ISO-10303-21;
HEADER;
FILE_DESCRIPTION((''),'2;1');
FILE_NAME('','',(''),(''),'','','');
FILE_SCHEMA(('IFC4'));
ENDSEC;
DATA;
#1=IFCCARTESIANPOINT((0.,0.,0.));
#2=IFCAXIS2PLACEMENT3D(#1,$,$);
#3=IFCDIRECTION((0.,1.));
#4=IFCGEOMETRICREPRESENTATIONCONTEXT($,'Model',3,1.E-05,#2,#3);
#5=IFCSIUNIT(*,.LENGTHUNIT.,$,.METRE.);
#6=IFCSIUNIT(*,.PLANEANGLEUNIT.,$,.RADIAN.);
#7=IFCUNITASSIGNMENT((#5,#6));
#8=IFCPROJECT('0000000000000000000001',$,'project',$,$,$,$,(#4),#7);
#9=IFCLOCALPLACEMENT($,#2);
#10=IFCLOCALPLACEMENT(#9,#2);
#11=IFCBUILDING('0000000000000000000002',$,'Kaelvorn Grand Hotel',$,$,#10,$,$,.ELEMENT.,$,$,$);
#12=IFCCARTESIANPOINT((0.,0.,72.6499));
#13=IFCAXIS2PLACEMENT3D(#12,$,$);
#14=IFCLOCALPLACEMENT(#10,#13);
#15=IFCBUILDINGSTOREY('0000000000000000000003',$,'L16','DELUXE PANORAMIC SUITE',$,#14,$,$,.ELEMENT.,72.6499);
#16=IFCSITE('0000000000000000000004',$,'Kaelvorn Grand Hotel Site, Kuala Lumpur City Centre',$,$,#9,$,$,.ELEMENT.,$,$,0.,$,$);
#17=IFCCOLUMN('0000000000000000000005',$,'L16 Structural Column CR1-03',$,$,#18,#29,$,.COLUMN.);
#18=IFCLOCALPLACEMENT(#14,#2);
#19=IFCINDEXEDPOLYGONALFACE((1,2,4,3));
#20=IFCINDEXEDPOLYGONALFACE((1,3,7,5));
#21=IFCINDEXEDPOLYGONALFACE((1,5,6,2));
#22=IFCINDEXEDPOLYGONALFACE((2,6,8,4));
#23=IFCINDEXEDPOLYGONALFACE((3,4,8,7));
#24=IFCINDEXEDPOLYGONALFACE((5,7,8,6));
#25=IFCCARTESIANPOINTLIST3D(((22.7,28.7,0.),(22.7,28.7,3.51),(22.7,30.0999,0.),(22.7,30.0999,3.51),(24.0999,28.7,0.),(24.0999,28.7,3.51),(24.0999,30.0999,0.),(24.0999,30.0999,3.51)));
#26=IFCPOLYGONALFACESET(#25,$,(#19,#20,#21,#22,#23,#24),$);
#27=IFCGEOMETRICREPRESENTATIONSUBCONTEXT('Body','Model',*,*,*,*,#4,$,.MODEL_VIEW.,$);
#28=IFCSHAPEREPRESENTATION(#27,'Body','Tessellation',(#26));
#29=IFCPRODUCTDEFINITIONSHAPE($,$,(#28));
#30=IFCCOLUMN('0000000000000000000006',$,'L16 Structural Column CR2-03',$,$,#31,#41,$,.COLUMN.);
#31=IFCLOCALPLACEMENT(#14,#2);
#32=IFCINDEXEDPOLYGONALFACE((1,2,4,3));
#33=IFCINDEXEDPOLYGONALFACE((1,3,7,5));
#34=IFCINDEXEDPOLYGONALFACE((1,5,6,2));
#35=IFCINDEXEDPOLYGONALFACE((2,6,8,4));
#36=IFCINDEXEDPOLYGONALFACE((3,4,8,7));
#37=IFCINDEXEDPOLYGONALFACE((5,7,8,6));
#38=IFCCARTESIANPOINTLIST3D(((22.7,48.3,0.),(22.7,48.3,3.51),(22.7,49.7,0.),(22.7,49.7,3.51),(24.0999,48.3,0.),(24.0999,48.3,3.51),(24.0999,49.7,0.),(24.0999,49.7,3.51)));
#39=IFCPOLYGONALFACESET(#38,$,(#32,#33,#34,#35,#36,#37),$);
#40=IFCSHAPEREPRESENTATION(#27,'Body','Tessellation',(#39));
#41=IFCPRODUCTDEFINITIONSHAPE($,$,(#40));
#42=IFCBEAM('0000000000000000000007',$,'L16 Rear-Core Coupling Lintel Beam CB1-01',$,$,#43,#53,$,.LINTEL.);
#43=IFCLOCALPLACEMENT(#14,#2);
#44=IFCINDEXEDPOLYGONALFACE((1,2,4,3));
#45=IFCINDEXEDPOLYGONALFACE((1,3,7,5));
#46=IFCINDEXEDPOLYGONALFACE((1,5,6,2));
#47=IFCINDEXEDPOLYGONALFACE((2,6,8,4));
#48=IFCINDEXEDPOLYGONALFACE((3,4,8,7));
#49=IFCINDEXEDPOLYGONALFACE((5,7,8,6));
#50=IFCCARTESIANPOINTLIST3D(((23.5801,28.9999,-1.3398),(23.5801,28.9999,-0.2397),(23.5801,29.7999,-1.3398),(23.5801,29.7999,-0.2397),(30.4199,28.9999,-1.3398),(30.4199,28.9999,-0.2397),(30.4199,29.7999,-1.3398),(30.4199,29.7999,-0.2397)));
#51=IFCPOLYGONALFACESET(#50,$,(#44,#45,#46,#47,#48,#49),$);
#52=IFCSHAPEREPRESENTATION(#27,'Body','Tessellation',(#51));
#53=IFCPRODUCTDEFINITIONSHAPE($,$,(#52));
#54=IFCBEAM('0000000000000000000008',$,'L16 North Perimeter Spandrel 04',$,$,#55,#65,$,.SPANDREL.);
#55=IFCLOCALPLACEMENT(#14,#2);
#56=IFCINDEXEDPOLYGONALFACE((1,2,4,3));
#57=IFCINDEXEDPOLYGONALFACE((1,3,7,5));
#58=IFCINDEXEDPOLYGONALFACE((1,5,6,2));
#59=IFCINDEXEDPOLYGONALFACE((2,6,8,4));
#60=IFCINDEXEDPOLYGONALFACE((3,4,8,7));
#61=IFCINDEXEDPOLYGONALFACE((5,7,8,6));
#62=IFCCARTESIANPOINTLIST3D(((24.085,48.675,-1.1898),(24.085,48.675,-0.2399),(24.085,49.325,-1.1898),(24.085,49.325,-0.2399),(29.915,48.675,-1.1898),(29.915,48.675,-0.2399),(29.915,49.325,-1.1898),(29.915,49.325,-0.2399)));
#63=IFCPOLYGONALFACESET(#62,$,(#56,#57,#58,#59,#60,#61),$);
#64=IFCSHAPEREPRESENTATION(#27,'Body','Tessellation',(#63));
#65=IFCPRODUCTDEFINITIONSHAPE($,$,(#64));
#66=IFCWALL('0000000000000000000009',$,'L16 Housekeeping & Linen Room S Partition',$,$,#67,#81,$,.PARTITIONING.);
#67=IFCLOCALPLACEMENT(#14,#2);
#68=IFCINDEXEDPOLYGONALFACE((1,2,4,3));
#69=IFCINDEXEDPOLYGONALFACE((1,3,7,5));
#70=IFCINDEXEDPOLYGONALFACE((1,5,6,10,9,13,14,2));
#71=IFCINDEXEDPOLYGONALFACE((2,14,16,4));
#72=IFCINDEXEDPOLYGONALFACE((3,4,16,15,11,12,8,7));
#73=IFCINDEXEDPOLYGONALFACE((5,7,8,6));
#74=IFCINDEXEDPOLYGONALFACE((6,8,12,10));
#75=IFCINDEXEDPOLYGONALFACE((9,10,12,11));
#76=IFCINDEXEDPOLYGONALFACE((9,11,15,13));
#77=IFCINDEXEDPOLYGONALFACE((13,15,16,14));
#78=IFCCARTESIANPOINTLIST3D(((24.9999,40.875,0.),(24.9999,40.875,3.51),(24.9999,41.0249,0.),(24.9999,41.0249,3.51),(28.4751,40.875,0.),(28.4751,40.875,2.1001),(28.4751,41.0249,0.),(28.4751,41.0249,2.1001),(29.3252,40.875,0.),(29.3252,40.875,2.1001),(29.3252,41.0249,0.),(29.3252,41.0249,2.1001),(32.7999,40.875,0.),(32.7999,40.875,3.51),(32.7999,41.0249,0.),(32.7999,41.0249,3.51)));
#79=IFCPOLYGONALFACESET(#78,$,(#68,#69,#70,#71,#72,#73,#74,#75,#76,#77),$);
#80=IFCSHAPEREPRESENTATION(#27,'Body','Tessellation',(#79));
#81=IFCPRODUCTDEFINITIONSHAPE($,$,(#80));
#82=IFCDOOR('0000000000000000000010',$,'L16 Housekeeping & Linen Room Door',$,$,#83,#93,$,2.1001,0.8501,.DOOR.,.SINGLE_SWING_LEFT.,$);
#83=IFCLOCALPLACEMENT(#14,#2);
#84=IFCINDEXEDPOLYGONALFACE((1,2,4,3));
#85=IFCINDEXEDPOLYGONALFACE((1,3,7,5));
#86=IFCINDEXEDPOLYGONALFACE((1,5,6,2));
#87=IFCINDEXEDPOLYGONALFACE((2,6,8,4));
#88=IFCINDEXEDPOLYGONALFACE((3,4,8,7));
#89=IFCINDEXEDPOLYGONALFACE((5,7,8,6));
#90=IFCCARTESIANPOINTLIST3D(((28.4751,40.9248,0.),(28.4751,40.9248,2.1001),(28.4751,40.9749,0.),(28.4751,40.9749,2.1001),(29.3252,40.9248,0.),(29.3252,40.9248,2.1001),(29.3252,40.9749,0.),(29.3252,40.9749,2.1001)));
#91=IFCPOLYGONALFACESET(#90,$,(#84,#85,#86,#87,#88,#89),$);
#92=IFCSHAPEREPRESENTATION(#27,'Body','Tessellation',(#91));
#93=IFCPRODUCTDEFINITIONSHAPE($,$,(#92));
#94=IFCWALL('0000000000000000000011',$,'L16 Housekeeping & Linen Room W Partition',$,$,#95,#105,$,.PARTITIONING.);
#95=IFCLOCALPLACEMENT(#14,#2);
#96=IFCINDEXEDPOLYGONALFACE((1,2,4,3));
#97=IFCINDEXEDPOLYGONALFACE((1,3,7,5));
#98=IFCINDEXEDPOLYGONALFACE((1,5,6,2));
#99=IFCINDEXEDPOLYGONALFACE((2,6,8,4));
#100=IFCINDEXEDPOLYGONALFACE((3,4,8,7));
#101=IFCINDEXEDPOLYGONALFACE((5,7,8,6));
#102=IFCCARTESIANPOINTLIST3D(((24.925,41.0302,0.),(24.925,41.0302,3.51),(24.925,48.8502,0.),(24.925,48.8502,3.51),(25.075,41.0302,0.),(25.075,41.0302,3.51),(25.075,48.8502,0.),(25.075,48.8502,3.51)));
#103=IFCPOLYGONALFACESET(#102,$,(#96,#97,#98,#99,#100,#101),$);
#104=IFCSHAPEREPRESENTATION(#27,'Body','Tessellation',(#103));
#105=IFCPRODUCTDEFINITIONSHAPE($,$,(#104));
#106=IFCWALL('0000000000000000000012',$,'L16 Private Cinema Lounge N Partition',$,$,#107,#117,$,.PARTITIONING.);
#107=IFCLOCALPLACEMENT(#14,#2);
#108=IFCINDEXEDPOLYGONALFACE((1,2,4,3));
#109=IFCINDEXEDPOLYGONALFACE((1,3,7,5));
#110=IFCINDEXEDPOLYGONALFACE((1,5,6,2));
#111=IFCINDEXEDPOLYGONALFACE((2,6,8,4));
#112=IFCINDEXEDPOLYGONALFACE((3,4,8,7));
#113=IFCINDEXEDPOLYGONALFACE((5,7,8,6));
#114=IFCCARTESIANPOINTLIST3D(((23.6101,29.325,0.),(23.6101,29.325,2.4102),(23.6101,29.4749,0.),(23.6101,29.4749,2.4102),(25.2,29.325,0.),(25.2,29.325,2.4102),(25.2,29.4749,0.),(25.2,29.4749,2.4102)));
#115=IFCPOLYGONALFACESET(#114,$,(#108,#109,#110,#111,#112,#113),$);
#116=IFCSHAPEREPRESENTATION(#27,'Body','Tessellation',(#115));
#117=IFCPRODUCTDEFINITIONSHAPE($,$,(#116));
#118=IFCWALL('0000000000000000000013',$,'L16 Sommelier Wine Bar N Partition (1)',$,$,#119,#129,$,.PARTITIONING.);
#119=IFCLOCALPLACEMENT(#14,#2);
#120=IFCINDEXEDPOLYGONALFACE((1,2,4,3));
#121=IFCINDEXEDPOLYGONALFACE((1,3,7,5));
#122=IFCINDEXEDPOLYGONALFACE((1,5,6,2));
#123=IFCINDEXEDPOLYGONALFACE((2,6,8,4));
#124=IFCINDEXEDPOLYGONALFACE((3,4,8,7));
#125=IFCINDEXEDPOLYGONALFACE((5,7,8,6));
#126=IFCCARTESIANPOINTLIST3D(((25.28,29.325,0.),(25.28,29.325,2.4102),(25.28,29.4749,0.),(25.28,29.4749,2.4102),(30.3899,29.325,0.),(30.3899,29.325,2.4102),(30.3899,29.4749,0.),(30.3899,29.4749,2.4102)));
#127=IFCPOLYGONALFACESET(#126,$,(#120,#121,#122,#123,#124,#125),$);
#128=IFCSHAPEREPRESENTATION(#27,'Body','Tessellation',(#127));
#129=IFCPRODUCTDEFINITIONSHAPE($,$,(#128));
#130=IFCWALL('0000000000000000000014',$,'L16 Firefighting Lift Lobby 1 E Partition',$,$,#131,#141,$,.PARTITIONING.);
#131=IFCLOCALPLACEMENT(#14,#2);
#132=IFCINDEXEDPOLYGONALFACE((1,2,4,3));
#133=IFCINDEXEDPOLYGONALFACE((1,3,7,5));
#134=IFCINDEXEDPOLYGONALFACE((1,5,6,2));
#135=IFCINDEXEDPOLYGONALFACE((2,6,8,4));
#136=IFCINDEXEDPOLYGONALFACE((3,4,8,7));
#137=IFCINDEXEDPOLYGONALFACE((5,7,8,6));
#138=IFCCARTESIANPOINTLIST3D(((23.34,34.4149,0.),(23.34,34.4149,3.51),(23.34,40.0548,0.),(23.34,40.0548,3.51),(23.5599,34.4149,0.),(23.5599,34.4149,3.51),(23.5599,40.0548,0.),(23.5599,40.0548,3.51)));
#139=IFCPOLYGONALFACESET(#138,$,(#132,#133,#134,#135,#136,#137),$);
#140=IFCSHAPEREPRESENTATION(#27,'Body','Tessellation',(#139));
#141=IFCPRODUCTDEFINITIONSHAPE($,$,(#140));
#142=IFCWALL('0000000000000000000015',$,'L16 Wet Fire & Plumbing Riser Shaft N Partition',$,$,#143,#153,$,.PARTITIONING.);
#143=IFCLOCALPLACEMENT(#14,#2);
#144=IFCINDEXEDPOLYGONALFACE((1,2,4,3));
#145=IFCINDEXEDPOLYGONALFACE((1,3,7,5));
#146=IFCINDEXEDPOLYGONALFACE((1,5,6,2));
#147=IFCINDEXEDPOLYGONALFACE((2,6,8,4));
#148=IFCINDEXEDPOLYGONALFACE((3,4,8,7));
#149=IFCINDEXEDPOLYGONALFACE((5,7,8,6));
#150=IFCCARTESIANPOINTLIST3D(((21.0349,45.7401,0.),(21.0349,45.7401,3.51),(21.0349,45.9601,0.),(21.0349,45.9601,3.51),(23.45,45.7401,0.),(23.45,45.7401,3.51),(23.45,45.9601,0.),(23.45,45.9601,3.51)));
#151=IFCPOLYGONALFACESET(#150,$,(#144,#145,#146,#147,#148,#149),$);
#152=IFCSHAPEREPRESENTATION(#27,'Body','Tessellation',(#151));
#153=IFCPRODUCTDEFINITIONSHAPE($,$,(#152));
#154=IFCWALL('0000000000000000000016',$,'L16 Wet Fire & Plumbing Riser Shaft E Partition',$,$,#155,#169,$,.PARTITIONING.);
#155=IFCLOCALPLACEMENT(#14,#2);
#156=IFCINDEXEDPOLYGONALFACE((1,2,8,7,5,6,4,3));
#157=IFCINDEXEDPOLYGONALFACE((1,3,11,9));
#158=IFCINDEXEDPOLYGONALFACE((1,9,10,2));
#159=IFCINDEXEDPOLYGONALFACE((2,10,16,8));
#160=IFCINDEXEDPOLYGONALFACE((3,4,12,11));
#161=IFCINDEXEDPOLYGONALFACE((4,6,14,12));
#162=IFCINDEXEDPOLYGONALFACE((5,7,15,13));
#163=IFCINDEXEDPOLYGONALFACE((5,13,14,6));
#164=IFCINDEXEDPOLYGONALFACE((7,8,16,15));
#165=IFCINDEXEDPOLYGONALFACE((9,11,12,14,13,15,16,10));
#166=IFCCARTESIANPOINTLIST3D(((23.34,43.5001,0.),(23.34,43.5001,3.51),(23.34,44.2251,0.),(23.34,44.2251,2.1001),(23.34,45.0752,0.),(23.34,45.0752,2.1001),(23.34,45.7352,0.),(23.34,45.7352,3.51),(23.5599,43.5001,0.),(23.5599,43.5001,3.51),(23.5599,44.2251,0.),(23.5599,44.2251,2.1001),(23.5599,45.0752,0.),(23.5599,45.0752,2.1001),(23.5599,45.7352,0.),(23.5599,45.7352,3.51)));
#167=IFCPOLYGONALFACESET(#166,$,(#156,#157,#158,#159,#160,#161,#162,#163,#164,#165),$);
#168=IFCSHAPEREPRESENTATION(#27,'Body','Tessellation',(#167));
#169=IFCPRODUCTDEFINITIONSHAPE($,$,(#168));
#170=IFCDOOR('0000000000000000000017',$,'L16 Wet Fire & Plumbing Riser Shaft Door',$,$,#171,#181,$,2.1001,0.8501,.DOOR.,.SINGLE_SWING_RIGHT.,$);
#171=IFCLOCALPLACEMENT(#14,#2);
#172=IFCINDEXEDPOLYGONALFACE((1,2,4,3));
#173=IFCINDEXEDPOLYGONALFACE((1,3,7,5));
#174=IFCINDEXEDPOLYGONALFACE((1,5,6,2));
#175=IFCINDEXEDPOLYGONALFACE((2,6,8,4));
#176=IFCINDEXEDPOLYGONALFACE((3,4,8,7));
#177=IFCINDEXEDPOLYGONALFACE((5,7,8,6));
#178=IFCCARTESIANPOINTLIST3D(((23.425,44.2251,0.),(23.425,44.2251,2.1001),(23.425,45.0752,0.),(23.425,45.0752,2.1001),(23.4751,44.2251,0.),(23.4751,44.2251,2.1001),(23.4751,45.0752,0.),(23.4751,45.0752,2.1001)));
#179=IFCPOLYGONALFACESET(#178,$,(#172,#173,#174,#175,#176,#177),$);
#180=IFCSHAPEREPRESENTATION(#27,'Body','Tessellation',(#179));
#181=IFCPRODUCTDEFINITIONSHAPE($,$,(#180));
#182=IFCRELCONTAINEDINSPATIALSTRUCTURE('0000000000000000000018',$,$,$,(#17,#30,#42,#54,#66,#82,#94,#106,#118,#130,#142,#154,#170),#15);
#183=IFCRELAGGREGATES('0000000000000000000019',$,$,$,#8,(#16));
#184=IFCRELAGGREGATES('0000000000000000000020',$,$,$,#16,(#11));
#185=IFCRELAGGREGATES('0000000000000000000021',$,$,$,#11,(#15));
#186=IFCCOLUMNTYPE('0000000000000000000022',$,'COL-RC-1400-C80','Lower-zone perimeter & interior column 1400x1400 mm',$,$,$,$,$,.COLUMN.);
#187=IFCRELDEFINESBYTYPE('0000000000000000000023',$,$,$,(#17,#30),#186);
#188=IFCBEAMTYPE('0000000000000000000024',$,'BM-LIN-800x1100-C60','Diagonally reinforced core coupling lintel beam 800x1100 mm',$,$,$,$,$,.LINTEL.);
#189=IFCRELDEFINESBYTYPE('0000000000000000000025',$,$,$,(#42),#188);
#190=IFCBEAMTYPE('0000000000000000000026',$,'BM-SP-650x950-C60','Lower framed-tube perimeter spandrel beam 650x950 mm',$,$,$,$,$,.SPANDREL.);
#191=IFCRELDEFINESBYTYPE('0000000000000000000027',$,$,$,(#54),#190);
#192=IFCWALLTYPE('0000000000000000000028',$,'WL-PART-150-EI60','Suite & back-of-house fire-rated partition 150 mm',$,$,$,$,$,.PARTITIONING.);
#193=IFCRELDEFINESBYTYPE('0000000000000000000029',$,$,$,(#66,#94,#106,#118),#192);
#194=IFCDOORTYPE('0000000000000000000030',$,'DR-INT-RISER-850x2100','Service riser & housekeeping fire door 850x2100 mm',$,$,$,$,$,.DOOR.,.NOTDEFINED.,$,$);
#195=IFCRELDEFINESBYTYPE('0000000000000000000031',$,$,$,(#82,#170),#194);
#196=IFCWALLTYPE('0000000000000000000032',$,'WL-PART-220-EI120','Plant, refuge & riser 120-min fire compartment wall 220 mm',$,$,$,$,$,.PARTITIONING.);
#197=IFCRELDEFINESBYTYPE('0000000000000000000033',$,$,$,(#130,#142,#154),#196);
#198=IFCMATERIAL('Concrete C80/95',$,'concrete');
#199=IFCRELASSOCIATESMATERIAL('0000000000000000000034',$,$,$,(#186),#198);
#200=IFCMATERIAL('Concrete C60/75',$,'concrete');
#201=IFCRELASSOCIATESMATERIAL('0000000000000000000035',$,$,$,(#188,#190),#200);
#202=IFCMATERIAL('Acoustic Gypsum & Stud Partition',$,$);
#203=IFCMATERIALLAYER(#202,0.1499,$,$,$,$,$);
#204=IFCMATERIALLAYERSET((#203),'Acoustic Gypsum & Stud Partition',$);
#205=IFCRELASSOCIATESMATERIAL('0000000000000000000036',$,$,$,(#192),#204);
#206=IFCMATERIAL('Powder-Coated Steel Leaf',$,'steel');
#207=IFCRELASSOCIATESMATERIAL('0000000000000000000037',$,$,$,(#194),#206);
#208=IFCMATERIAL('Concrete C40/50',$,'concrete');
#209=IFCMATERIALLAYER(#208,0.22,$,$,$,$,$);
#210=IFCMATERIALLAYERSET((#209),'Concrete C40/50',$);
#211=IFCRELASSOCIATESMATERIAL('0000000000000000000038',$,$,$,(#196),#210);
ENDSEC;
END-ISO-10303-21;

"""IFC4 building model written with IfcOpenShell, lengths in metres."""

from ifc_helpers import new_model, si_unit, direction, frame, frame_2d, origin, origin_2d, place, context, subcontext, project, spatial, rectangle, extrude, material, layer, layer_set, material_profile, profile_set, type_object, element, fill, save


model = new_model("IFC4")

# Units and contexts
model_context = context("Model", 3, precision=1e-05, world=origin(), true_north=direction((0.0, 1.0)))
body_context = subcontext(model_context, "Body", "Model", "MODEL_VIEW")
ifc_project = project(units=[si_unit("LENGTHUNIT", "METRE"), si_unit("PLANEANGLEUNIT", "RADIAN")], contexts=[model_context])

# Site, building, storey
site_placement = place(None, origin())
site = spatial("IfcSite", under=ifc_project, at=site_placement, Name="Kaelvorn Grand Hotel Site, Kuala Lumpur City Centre", CompositionType="ELEMENT", RefElevation=0.0)
building_placement = place(site_placement, origin())
building = spatial("IfcBuilding", under=site, at=building_placement, Name="Kaelvorn Grand Hotel", CompositionType="ELEMENT")
storey_placement = place(building_placement, frame((0.0, 0.0, 72.6499)))
storey = spatial("IfcBuildingStorey", under=building, at=storey_placement, Name="L16", Description="DELUXE PANORAMIC SUITE", CompositionType="ELEMENT", Elevation=72.6499)

# Columns
ifc_material_1 = material(Name="Concrete C80/95", Category="concrete")
ifc_material_profile_1 = material_profile(ifc_material_1, rectangle(XDim=1.3999, YDim=1.3999, at=origin_2d()), Name="RC COL 1400x1400")
ifc_profile_set_1 = profile_set([ifc_material_profile_1], Name="Concrete C80/95")
column_type = type_object("IfcColumnType", Name="COL-RC-1400-C80", Description="Lower-zone perimeter & interior column 1400x1400 mm", PredefinedType="COLUMN", material=ifc_profile_set_1)
for number, where, z_axis, x_axis, name in (
    (1, (23.3999, 29.3999, 0.0), (0.0, 0.0, 1.0), (1.0, 0.0, 0.0), "L16 Structural Column CR1-03"),
    (2, (23.3999, 49.0, 0.0), (0.0, 0.0, 1.0), (1.0, 0.0, 0.0), "L16 Structural Column CR2-03"),
):
    element("IfcColumn", number, at=place(storey_placement, frame(where, z_axis=z_axis, x_axis=x_axis)), inside=storey, type_object=column_type, Name=name, PredefinedType="COLUMN", context=body_context, shape_type="SweptSolid", body=[
        extrude(rectangle(XDim=1.3999, YDim=1.3999, at=origin_2d()), origin(), (0.0, 0.0, 1.0), 3.51),
    ])

# Beams
ifc_material_2 = material(Name="Concrete C60/75", Category="concrete")
ifc_material_profile_2 = material_profile(ifc_material_2, rectangle(XDim=0.8, YDim=1.1001, at=origin_2d()), Name="RC LINTEL 800x1100")
ifc_profile_set_2 = profile_set([ifc_material_profile_2], Name="Concrete C60/75")
beam_type_1 = type_object("IfcBeamType", Name="BM-LIN-800x1100-C60", Description="Diagonally reinforced core coupling lintel beam 800x1100 mm", PredefinedType="LINTEL", material=ifc_profile_set_2)
beam_1_placement = place(storey_placement, frame((23.5801, 29.3999, -0.7898), z_axis=(1.0, 0.0, 0.0), x_axis=(0.0, 1.0, 0.0)))
element("IfcBeam", 3, at=beam_1_placement, inside=storey, type_object=beam_type_1, Name="L16 Rear-Core Coupling Lintel Beam CB1-01", PredefinedType="LINTEL", context=body_context, shape_type="SweptSolid", body=[
    extrude(rectangle(XDim=0.8, YDim=1.1001, at=origin_2d()), origin(), (0.0, 0.0, 1.0), 6.8398),
])
ifc_material_profile_3 = material_profile(ifc_material_2, rectangle(XDim=0.6499, YDim=0.95, at=origin_2d()), Name="RC SPANDREL 650x950")
ifc_profile_set_3 = profile_set([ifc_material_profile_3], Name="Concrete C60/75")
beam_type_2 = type_object("IfcBeamType", Name="BM-SP-650x950-C60", Description="Lower framed-tube perimeter spandrel beam 650x950 mm", PredefinedType="SPANDREL", material=ifc_profile_set_3)
beam_2_placement = place(storey_placement, frame((24.085, 49.0, -0.7148), z_axis=(1.0, 0.0, 0.0), x_axis=(0.0, 1.0, 0.0)))
element("IfcBeam", 4, at=beam_2_placement, inside=storey, type_object=beam_type_2, Name="L16 North Perimeter Spandrel 04", PredefinedType="SPANDREL", context=body_context, shape_type="SweptSolid", body=[
    extrude(rectangle(XDim=0.6499, YDim=0.95, at=origin_2d()), origin(), (0.0, 0.0, 1.0), 5.8301),
])

# Wall, opening, door
ifc_material_3 = material(Name="Acoustic Gypsum & Stud Partition")
ifc_layer_1 = layer(ifc_material_3, 0.1499)
ifc_layer_set_1 = layer_set([ifc_layer_1], Name="Acoustic Gypsum & Stud Partition")
wall_type_1 = type_object("IfcWallType", Name="WL-PART-150-EI60", Description="Suite & back-of-house fire-rated partition 150 mm", PredefinedType="PARTITIONING", material=ifc_layer_set_1)
wall_1_placement = place(storey_placement, frame((25.0, 40.95, 0.0), z_axis=(0.0, 0.0, 1.0), x_axis=(1.0, 0.0, 0.0)))
wall_1 = element("IfcWall", 5, at=wall_1_placement, inside=storey, type_object=wall_type_1, Name="L16 Housekeeping & Linen Room S Partition", PredefinedType="PARTITIONING", context=body_context, shape_type="SweptSolid", body=[
    extrude(rectangle(XDim=7.8, YDim=0.1499, at=frame_2d((3.8999, 0.0))), origin(), (0.0, 0.0, 1.0), 3.51),
])
opening_1_placement = place(wall_1_placement, frame((3.4751, 0.0, 0.0)))
opening_1 = element("IfcOpeningElement", 6, at=opening_1_placement, cuts=wall_1, PredefinedType="OPENING", context=body_context, shape_type="SweptSolid", body=[
    extrude(rectangle(XDim=0.8501, YDim=2.1001, at=frame_2d((0.425, 1.05))), frame((0.0, 0.085, 0.0), z_axis=(0.0, -1.0, 0.0), x_axis=(1.0, 0.0, 0.0)), (0.0, 0.0, 1.0), 0.1699),
])
ifc_material_4 = material(Name="Powder-Coated Steel Leaf", Category="steel")
door_type_1 = type_object("IfcDoorType", Name="DR-INT-RISER-850x2100", Description="Service riser & housekeeping fire door 850x2100 mm", OperationType="NOTDEFINED", PredefinedType="DOOR", material=ifc_material_4)
door_1_placement = place(opening_1_placement, origin())
door_1 = element("IfcDoor", 7, at=door_1_placement, inside=storey, type_object=door_type_1, Name="L16 Housekeeping & Linen Room Door", OperationType="SINGLE_SWING_LEFT", OverallHeight=2.1001, OverallWidth=0.8501, PredefinedType="DOOR", context=body_context, shape_type="SweptSolid", body=[
    extrude(rectangle(XDim=0.8501, YDim=2.1001, at=frame_2d((0.425, 1.05))), frame((0.0, 0.0249, 0.0), z_axis=(0.0, -1.0, 0.0), x_axis=(1.0, 0.0, 0.0)), (0.0, 0.0, 1.0), 0.05),
])
fill(opening_1, door_1)

# Walls
wall_2_placement = place(storey_placement, frame((25.0, 41.03, 0.0), z_axis=(0.0, 0.0, 1.0), x_axis=(0.0, 1.0, 0.0)))
element("IfcWall", 8, at=wall_2_placement, inside=storey, type_object=wall_type_1, Name="L16 Housekeeping & Linen Room W Partition", PredefinedType="PARTITIONING", context=body_context, shape_type="SweptSolid", body=[
    extrude(rectangle(XDim=7.8201, YDim=0.1499, at=frame_2d((3.9102, 0.0))), origin(), (0.0, 0.0, 1.0), 3.51),
])
wall_3_placement = place(storey_placement, frame((23.6101, 29.3999, 0.0), z_axis=(0.0, 0.0, 1.0), x_axis=(1.0, 0.0, 0.0)))
element("IfcWall", 9, at=wall_3_placement, inside=storey, type_object=wall_type_1, Name="L16 Private Cinema Lounge N Partition", PredefinedType="PARTITIONING", context=body_context, shape_type="SweptSolid", body=[
    extrude(rectangle(XDim=1.5898, YDim=0.1499, at=frame_2d((0.7949, 0.0))), origin(), (0.0, 0.0, 1.0), 2.4102),
])
wall_4_placement = place(storey_placement, frame((25.28, 29.3999, 0.0), z_axis=(0.0, 0.0, 1.0), x_axis=(1.0, 0.0, 0.0)))
element("IfcWall", 10, at=wall_4_placement, inside=storey, type_object=wall_type_1, Name="L16 Sommelier Wine Bar N Partition (1)", PredefinedType="PARTITIONING", context=body_context, shape_type="SweptSolid", body=[
    extrude(rectangle(XDim=5.1099, YDim=0.1499, at=frame_2d((2.5549, 0.0))), origin(), (0.0, 0.0, 1.0), 2.4102),
])
ifc_material_5 = material(Name="Concrete C40/50", Category="concrete")
ifc_layer_2 = layer(ifc_material_5, 0.22)
ifc_layer_set_2 = layer_set([ifc_layer_2], Name="Concrete C40/50")
wall_type_2 = type_object("IfcWallType", Name="WL-PART-220-EI120", Description="Plant, refuge & riser 120-min fire compartment wall 220 mm", PredefinedType="PARTITIONING", material=ifc_layer_set_2)
wall_5_placement = place(storey_placement, frame((23.45, 34.415, 0.0), z_axis=(0.0, 0.0, 1.0), x_axis=(0.0, 1.0, 0.0)))
element("IfcWall", 11, at=wall_5_placement, inside=storey, type_object=wall_type_2, Name="L16 Firefighting Lift Lobby 1 E Partition", PredefinedType="PARTITIONING", context=body_context, shape_type="SweptSolid", body=[
    extrude(rectangle(XDim=5.6399, YDim=0.22, at=frame_2d((2.8198, 0.0))), origin(), (0.0, 0.0, 1.0), 3.51),
])
wall_6_placement = place(storey_placement, frame((21.0349, 45.8501, 0.0), z_axis=(0.0, 0.0, 1.0), x_axis=(1.0, 0.0, 0.0)))
element("IfcWall", 12, at=wall_6_placement, inside=storey, type_object=wall_type_2, Name="L16 Wet Fire & Plumbing Riser Shaft N Partition", PredefinedType="PARTITIONING", context=body_context, shape_type="SweptSolid", body=[
    extrude(rectangle(XDim=2.415, YDim=0.22, at=frame_2d((1.2075, 0.0))), origin(), (0.0, 0.0, 1.0), 3.51),
])

# Wall, opening, door
wall_7_placement = place(storey_placement, frame((23.45, 43.5, 0.0), z_axis=(0.0, 0.0, 1.0), x_axis=(0.0, 1.0, 0.0)))
wall_7 = element("IfcWall", 13, at=wall_7_placement, inside=storey, type_object=wall_type_2, Name="L16 Wet Fire & Plumbing Riser Shaft E Partition", PredefinedType="PARTITIONING", context=body_context, shape_type="SweptSolid", body=[
    extrude(rectangle(XDim=2.2351, YDim=0.22, at=frame_2d((1.1177, 0.0))), origin(), (0.0, 0.0, 1.0), 3.51),
])
opening_2_placement = place(wall_7_placement, frame((0.7251, 0.0, 0.0)))
opening_2 = element("IfcOpeningElement", 14, at=opening_2_placement, cuts=wall_7, PredefinedType="OPENING", context=body_context, shape_type="SweptSolid", body=[
    extrude(rectangle(XDim=0.8501, YDim=2.1001, at=frame_2d((0.425, 1.05))), frame((0.0, 0.1201, 0.0), z_axis=(0.0, -1.0, 0.0), x_axis=(1.0, 0.0, 0.0)), (0.0, 0.0, 1.0), 0.24),
])
door_2_placement = place(opening_2_placement, origin())
door_2 = element("IfcDoor", 15, at=door_2_placement, inside=storey, type_object=door_type_1, Name="L16 Wet Fire & Plumbing Riser Shaft Door", OperationType="SINGLE_SWING_RIGHT", OverallHeight=2.1001, OverallWidth=0.8501, PredefinedType="DOOR", context=body_context, shape_type="SweptSolid", body=[
    extrude(rectangle(XDim=0.8501, YDim=2.1001, at=frame_2d((0.425, 1.05))), frame((0.0, 0.0249, 0.0), z_axis=(0.0, -1.0, 0.0), x_axis=(1.0, 0.0, 0.0)), (0.0, 0.0, 1.0), 0.05),
])
fill(opening_2, door_2)

save(model, "model.ifc")
